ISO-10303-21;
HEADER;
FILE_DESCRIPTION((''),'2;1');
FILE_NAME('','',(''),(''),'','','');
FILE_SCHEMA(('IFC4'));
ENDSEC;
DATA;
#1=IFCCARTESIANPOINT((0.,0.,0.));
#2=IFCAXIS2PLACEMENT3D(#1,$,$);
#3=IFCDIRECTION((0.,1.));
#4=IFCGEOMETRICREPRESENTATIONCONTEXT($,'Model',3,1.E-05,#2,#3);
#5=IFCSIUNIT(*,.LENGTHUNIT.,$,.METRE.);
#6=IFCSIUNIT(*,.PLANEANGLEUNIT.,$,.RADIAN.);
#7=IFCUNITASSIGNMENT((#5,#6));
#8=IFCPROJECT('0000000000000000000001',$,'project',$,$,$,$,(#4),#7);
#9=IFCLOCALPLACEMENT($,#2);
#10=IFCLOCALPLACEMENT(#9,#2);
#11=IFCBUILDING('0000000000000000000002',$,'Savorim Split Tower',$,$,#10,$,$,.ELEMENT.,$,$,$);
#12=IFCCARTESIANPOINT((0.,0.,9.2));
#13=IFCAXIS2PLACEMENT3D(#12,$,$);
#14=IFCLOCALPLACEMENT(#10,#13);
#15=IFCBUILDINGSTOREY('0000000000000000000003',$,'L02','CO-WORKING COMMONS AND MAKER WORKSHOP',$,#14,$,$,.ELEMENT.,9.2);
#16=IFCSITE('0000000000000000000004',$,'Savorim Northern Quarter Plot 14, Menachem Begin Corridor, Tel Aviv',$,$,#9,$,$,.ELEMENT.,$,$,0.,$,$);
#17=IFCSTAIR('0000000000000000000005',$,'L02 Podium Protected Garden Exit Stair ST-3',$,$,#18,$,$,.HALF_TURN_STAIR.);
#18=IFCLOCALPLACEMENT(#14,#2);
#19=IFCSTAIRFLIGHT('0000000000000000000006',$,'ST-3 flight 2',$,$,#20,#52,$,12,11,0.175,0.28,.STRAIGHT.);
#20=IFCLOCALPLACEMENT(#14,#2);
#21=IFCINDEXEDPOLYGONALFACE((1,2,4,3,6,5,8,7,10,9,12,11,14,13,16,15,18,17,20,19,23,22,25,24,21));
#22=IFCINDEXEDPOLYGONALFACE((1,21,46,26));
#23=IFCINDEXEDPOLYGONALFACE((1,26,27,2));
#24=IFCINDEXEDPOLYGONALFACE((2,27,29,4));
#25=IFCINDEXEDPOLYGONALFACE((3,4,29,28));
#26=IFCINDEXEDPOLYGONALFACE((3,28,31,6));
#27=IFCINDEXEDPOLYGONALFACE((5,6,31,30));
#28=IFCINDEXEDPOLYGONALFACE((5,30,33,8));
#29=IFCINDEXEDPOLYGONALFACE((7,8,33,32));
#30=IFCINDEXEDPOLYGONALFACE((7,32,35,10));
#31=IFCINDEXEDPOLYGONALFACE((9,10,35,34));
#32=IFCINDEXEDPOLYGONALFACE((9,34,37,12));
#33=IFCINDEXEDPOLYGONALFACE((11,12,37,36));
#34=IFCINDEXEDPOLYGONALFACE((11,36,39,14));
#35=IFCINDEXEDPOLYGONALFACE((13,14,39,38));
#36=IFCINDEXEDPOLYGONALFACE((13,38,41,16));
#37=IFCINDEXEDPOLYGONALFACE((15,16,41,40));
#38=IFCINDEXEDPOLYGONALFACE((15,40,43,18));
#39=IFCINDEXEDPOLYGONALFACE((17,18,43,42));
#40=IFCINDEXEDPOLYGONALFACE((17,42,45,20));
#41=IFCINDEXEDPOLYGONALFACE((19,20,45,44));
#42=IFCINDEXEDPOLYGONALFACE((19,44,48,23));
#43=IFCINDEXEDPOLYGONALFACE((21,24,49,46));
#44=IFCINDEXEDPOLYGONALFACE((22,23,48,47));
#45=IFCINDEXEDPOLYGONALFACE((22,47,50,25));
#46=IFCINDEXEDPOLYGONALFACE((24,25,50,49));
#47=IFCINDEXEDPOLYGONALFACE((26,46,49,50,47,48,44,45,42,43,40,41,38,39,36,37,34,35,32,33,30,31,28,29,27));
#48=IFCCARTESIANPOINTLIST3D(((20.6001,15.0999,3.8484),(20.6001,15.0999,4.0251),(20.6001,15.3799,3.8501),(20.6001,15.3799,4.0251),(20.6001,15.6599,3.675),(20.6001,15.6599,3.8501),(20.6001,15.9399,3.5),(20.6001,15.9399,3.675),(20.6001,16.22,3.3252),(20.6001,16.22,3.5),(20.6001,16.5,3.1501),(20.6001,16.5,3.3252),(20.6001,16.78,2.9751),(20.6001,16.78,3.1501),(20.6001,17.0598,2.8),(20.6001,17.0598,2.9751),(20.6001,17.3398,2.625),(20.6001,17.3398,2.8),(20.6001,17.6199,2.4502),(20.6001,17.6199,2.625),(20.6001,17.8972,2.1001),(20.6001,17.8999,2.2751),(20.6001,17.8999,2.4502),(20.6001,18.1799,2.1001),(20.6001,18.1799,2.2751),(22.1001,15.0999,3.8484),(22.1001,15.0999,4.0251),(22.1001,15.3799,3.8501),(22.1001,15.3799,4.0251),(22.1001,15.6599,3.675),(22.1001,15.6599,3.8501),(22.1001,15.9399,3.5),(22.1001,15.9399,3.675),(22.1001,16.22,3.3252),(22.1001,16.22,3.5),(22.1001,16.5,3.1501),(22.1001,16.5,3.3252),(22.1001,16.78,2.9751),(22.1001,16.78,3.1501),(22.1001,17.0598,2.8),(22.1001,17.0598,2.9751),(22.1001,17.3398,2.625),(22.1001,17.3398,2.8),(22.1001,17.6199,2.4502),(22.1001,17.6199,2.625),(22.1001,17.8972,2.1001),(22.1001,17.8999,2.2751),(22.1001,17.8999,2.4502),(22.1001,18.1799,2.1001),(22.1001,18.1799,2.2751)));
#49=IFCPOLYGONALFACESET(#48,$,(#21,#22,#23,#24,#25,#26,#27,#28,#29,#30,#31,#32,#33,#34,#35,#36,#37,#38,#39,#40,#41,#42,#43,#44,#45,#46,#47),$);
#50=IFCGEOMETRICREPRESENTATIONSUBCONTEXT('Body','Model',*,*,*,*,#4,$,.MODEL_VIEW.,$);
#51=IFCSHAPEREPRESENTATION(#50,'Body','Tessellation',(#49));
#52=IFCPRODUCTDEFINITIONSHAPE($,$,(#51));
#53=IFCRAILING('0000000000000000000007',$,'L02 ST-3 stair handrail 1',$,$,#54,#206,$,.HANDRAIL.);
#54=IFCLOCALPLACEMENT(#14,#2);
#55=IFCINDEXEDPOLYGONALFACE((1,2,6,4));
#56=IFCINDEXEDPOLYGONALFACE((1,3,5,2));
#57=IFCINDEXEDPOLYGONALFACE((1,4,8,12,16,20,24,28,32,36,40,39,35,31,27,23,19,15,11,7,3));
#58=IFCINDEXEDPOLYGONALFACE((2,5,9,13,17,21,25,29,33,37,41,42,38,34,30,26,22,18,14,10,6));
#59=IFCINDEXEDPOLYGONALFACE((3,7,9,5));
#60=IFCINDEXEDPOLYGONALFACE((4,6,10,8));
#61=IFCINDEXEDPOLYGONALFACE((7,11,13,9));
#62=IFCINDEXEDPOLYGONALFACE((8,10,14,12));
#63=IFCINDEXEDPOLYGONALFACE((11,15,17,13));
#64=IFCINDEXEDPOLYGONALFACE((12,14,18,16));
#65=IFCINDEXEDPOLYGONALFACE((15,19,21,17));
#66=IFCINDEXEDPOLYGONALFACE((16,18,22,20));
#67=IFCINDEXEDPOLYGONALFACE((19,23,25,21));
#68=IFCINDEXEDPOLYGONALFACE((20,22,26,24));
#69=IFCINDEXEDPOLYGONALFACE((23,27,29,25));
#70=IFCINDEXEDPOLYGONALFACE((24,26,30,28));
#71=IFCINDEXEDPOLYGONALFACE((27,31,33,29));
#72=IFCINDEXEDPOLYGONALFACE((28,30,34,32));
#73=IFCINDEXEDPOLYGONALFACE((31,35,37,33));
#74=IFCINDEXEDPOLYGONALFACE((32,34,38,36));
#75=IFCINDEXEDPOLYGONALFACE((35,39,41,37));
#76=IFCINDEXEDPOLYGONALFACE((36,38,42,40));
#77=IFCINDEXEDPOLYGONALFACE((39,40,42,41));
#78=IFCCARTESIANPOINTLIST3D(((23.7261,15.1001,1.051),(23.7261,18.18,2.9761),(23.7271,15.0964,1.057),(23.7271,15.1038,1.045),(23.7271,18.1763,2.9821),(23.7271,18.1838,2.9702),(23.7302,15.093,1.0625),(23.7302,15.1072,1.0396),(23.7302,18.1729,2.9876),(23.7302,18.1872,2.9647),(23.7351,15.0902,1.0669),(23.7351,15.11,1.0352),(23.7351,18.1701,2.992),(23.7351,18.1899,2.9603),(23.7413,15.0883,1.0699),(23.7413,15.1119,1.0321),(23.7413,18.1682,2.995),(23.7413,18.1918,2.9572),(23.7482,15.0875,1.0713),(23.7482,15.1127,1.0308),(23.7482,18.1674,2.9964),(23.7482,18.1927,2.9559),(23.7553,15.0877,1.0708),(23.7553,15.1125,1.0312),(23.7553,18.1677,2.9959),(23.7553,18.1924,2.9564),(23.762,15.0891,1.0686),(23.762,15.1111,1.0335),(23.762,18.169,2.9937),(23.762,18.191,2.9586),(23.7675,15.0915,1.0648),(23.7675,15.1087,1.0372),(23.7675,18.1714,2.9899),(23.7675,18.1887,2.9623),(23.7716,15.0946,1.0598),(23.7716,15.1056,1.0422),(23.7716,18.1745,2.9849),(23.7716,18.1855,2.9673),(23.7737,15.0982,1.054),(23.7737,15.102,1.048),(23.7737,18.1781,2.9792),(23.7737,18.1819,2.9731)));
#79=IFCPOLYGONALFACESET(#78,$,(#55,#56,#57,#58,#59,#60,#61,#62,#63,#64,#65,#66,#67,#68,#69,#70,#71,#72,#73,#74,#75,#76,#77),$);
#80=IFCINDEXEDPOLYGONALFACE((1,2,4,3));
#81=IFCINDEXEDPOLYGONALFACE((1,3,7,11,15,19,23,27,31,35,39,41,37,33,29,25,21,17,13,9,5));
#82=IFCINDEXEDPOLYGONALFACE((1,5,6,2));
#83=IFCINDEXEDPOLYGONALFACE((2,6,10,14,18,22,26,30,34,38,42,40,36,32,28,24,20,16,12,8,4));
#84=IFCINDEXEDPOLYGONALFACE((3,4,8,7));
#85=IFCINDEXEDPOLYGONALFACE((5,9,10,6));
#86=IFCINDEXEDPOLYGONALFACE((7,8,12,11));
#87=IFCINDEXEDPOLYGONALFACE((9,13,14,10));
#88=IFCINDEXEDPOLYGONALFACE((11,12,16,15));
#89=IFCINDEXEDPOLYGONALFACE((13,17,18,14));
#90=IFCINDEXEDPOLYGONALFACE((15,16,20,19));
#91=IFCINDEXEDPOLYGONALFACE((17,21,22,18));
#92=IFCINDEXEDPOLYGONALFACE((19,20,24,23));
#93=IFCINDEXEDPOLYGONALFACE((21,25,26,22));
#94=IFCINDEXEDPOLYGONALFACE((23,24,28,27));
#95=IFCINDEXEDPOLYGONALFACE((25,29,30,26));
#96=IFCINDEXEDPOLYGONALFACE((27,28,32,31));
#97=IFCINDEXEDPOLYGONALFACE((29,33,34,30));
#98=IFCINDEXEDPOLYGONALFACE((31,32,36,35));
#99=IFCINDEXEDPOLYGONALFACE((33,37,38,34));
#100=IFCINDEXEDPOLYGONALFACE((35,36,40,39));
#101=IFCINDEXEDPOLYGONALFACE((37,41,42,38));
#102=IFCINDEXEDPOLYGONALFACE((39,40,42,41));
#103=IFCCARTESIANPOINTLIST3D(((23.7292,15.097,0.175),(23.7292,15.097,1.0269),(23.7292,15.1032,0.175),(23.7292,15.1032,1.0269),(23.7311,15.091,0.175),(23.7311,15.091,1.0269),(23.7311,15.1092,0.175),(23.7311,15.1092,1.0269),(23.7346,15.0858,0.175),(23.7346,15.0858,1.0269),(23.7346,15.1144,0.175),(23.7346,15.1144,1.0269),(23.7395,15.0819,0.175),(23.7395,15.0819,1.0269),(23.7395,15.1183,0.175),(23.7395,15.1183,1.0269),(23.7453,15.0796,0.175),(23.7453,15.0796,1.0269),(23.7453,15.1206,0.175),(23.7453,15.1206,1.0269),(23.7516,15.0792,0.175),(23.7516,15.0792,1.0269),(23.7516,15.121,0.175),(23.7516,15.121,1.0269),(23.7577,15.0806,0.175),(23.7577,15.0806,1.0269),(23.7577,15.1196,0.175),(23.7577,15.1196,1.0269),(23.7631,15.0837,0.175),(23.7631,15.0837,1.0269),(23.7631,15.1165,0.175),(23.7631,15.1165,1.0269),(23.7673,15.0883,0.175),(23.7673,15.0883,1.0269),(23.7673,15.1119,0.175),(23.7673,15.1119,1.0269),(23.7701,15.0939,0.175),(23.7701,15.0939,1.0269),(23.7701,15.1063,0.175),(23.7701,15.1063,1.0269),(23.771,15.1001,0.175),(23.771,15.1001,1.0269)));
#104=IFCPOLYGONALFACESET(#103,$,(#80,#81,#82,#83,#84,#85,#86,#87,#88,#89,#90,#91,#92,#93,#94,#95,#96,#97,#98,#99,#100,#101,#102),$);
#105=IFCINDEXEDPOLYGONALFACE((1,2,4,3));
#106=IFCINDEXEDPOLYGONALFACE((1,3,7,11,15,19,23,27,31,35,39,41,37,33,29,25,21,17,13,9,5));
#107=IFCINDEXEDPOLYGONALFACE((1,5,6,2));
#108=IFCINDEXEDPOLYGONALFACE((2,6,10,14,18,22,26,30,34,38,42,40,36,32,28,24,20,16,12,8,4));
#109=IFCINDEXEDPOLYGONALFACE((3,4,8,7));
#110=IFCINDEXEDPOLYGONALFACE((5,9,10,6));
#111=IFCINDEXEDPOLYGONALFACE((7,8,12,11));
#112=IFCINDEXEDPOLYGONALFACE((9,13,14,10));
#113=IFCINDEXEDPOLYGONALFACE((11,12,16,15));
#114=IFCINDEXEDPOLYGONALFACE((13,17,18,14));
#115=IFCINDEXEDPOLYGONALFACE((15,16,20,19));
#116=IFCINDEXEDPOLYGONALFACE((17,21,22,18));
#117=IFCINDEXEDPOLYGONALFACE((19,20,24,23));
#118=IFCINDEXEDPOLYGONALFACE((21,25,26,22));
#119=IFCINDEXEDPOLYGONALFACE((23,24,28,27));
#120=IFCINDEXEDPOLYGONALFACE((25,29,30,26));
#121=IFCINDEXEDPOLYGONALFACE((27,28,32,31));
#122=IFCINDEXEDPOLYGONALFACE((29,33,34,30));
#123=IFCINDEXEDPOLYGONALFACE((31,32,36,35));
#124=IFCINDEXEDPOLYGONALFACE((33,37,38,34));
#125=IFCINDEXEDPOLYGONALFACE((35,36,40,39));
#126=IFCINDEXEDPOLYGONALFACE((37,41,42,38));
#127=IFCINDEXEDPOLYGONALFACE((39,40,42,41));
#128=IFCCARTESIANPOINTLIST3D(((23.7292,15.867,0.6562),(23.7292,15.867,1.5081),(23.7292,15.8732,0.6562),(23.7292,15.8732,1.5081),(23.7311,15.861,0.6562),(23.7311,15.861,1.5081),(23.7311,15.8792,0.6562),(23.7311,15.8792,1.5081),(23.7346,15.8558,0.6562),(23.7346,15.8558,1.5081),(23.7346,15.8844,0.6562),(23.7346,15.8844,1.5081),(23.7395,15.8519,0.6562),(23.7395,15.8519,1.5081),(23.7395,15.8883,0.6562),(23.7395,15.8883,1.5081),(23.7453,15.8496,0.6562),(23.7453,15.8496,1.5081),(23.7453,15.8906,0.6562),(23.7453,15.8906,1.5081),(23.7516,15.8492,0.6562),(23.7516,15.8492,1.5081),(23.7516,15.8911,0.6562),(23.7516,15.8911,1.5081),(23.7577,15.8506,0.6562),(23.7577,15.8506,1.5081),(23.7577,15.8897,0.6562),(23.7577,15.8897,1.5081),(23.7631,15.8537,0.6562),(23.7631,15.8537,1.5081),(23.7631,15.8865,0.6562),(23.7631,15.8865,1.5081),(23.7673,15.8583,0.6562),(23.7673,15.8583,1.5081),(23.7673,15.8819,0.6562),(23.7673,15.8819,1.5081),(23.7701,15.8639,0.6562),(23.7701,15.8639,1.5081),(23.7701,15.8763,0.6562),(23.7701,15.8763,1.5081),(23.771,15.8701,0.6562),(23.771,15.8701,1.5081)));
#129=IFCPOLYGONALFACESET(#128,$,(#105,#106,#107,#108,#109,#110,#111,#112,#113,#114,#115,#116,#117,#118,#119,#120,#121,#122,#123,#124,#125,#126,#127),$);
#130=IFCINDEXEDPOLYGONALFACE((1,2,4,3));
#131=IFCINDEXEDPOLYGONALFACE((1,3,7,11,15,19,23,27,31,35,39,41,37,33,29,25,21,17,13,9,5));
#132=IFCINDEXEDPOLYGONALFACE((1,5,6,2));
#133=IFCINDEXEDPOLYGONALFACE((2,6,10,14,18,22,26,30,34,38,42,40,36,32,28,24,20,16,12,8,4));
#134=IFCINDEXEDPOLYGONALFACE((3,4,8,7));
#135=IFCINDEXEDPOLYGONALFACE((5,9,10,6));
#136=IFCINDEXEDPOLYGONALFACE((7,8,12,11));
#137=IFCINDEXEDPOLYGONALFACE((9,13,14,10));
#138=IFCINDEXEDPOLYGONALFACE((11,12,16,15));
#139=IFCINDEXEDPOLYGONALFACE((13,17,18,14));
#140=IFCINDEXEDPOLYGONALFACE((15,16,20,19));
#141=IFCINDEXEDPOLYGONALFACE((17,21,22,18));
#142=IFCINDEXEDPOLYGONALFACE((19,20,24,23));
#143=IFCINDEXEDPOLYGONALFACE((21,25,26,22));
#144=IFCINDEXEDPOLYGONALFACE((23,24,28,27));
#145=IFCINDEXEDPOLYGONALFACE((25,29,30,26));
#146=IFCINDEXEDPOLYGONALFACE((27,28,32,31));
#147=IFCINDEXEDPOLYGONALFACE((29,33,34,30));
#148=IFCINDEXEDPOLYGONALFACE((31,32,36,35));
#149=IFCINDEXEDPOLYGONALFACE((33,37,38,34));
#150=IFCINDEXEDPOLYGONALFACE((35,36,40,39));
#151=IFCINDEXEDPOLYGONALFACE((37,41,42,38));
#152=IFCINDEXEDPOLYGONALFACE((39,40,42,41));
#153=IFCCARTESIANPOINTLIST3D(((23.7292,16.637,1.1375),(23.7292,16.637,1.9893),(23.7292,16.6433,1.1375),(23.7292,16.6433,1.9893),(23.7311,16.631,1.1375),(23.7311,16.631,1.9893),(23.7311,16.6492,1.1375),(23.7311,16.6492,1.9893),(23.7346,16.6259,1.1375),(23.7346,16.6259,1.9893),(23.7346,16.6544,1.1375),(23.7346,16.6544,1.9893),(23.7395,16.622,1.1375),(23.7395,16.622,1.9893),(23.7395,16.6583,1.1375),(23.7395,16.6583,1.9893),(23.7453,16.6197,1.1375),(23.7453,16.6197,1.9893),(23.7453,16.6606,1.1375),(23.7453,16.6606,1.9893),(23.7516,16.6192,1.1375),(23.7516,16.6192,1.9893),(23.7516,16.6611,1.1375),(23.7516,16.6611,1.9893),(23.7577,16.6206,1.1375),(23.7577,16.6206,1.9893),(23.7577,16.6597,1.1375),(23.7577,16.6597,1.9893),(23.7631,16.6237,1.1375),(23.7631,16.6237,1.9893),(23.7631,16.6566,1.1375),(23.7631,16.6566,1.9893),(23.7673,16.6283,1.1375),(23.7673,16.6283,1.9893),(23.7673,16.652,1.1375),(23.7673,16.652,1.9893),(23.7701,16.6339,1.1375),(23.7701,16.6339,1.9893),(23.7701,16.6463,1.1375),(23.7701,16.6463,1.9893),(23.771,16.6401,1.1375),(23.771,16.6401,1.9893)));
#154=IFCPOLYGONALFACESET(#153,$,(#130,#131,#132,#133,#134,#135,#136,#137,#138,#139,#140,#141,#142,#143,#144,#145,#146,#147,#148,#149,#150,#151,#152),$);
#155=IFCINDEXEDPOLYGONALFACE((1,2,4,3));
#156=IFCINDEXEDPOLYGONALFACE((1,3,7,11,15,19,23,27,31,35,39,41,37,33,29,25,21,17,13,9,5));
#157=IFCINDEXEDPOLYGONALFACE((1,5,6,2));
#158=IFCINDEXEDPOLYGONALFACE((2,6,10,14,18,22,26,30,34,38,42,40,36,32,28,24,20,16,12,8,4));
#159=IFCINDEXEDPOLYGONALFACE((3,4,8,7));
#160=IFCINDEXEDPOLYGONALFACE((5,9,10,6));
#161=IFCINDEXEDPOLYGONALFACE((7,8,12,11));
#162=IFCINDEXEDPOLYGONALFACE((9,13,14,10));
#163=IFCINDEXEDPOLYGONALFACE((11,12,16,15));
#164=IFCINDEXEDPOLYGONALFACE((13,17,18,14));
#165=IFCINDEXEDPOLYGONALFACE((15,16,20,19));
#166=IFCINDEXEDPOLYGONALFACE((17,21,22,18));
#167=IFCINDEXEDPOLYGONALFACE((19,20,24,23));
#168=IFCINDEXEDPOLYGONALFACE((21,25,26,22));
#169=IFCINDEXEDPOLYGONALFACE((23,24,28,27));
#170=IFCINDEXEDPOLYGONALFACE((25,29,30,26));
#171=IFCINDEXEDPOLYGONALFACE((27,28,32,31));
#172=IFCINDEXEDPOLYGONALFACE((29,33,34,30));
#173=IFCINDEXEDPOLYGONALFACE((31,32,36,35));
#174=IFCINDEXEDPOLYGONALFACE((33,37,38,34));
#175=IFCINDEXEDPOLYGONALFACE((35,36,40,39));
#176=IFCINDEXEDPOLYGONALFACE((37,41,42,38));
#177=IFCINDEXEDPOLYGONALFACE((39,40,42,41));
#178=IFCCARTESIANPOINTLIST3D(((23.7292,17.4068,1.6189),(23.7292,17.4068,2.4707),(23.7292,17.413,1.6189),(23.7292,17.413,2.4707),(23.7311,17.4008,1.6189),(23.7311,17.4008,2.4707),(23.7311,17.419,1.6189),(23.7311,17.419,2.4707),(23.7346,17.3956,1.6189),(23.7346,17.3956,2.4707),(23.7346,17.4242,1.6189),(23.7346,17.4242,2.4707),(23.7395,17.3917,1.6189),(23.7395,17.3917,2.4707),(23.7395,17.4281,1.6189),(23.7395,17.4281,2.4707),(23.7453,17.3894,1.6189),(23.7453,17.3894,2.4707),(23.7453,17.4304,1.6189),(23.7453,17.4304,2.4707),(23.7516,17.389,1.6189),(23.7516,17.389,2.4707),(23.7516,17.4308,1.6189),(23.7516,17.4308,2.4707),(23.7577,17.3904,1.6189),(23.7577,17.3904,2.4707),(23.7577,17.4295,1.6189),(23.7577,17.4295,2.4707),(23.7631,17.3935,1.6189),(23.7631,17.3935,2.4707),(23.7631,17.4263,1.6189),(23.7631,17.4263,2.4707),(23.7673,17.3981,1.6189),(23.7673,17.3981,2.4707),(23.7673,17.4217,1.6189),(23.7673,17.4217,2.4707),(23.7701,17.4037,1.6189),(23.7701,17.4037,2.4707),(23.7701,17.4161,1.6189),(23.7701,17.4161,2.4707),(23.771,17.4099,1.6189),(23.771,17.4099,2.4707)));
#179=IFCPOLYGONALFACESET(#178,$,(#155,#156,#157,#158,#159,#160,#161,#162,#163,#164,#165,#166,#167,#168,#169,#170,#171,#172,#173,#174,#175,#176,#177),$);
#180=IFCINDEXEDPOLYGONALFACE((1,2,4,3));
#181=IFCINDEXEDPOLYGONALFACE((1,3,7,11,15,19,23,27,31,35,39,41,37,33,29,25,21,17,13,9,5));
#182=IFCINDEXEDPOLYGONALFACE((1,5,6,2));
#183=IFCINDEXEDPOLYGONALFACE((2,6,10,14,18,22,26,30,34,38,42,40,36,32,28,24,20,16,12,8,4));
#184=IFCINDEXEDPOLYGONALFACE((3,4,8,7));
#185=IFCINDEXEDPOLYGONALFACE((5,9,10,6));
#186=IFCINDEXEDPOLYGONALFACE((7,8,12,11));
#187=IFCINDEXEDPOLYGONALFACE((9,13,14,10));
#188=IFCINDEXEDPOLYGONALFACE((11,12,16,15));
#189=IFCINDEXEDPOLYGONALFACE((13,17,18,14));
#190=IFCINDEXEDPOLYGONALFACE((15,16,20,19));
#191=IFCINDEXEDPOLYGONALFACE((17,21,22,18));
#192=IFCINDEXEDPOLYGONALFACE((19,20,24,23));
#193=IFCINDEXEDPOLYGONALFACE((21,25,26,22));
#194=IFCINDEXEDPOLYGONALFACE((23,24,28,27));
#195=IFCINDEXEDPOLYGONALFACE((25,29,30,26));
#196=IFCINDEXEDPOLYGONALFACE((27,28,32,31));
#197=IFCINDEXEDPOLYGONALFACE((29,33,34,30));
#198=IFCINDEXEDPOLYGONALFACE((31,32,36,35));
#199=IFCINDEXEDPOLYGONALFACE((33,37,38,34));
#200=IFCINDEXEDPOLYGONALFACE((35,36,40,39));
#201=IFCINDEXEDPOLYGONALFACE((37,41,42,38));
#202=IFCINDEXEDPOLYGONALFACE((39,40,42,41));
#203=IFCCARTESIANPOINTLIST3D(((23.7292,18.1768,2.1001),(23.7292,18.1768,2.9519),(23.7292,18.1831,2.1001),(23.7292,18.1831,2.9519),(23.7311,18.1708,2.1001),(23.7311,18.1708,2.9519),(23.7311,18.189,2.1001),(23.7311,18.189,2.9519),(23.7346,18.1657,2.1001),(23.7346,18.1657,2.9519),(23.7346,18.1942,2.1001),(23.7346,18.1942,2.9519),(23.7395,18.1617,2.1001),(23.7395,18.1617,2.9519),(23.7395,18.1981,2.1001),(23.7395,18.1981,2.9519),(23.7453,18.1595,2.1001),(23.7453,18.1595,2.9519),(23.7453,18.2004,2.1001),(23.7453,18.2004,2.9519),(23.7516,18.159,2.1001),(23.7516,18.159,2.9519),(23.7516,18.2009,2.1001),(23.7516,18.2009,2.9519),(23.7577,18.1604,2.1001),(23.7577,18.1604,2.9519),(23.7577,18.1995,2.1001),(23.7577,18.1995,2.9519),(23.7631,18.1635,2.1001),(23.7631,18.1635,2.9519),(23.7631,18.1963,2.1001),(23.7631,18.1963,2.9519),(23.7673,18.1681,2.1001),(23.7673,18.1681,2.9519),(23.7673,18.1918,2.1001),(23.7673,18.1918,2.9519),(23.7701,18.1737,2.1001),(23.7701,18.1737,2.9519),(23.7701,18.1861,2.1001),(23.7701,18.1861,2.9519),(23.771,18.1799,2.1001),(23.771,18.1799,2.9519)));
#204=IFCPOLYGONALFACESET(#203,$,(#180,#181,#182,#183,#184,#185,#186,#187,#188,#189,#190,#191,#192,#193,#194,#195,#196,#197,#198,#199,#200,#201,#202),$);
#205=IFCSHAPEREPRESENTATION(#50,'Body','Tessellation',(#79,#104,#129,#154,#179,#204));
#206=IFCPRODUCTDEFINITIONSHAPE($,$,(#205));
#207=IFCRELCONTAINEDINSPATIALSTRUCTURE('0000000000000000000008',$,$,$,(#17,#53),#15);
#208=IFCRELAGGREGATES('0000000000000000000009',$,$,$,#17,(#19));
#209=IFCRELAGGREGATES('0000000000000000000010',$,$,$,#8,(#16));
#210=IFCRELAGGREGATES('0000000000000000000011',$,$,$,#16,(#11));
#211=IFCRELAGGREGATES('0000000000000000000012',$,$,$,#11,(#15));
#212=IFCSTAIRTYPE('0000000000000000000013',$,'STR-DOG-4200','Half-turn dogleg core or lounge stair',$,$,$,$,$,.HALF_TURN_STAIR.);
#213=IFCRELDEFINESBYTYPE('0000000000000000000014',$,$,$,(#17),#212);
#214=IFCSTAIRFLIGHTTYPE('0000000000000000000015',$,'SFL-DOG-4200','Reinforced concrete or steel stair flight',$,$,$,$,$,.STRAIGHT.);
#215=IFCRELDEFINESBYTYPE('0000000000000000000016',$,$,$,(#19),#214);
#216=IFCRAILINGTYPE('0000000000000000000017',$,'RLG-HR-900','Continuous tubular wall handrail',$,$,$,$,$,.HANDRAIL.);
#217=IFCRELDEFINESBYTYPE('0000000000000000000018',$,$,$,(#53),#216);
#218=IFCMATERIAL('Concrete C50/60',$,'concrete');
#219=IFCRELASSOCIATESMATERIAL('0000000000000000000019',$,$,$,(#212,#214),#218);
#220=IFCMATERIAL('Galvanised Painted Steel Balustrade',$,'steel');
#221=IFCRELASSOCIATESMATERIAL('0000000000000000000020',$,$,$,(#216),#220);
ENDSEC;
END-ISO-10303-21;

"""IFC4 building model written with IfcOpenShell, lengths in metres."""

from ifc_helpers import new_model, si_unit, direction, frame, origin, origin_2d, place, context, subcontext, project, spatial, polyline, circle, outline, extrude, material, type_object, element, aggregate, save


model = new_model("IFC4")

# Units and contexts
model_context = context("Model", 3, precision=1e-05, world=origin(), true_north=direction((0.0, 1.0)))
body_context = subcontext(model_context, "Body", "Model", "MODEL_VIEW")
ifc_project = project(units=[si_unit("LENGTHUNIT", "METRE"), si_unit("PLANEANGLEUNIT", "RADIAN")], contexts=[model_context])

# Site, building, storey
site_placement = place(None, origin())
site = spatial("IfcSite", under=ifc_project, at=site_placement, Name="Savorim Northern Quarter Plot 14, Menachem Begin Corridor, Tel Aviv", CompositionType="ELEMENT", RefElevation=0.0)
building_placement = place(site_placement, origin())
building = spatial("IfcBuilding", under=site, at=building_placement, Name="Savorim Split Tower", CompositionType="ELEMENT")
storey_placement = place(building_placement, frame((0.0, 0.0, 9.2)))
storey = spatial("IfcBuildingStorey", under=building, at=storey_placement, Name="L02", Description="CO-WORKING COMMONS AND MAKER WORKSHOP", CompositionType="ELEMENT", Elevation=9.2)

# Shared definitions
ifc_material_1 = material(Name="Concrete C50/60", Category="concrete")

# Stair, stair flight
stair_type = type_object("IfcStairType", Name="STR-DOG-4200", Description="Half-turn dogleg core or lounge stair", PredefinedType="HALF_TURN_STAIR", material=ifc_material_1)
stair_placement = place(storey_placement, origin())
stair = element("IfcStair", 1, at=stair_placement, inside=storey, type_object=stair_type, Name="L02 Podium Protected Garden Exit Stair ST-3", PredefinedType="HALF_TURN_STAIR")
stair_flight_type = type_object("IfcStairFlightType", Name="SFL-DOG-4200", Description="Reinforced concrete or steel stair flight", PredefinedType="STRAIGHT", material=ifc_material_1)
stair_flight_1_placement = place(storey_placement, frame((21.3501, 18.1799, 2.1001), z_axis=(0.0, 0.0, 1.0), x_axis=(0.0, -1.0, 0.0)))
stair_flight_1 = element("IfcStairFlight", 2, at=stair_flight_1_placement, type_object=stair_flight_type, Name="ST-3 flight 2", NumberOfRisers=12, NumberOfTreads=11, PredefinedType="STRAIGHT", RiserHeight=0.175, TreadLength=0.28, context=body_context, shape_type="SweptSolid", body=[
    extrude(outline(polyline([(0.0, 0.0), (0.0, 0.175), (0.28, 0.175), (0.28, 0.3501), (0.5601, 0.3501), (0.5601, 0.5249), (0.8401, 0.5249), (0.8401, 0.7), (1.1201, 0.7), (1.1201, 0.875), (1.3999, 0.875), (1.3999, 1.05), (1.6799, 1.05), (1.6799, 1.2251), (1.96, 1.2251), (1.96, 1.3999), (2.24, 1.3999), (2.24, 1.575), (2.52, 1.575), (2.52, 1.75), (2.8, 1.75), (2.8, 1.925), (3.0801, 1.925), (3.0801, 2.1001), (3.0801, 1.7483), (0.2827, 0.0), (0.0, 0.0)])), frame((0.0, 0.75, 0.0), z_axis=(0.0, -1.0, 0.0), x_axis=(1.0, 0.0, 0.0)), (0.0, 0.0, 1.0), 1.5),
])
aggregate(stair, [stair_flight_1])

# Railing
ifc_material_2 = material(Name="Galvanised Painted Steel Balustrade", Category="steel")
railing_type_1 = type_object("IfcRailingType", Name="RLG-HR-900", Description="Continuous tubular wall handrail", PredefinedType="HANDRAIL", material=ifc_material_2)
railing_1_placement = place(storey_placement, frame((23.75, 15.1001, 0.175)))
element("IfcRailing", 3, at=railing_1_placement, inside=storey, type_object=railing_type_1, Name="L02 ST-3 stair handrail 1", PredefinedType="HANDRAIL", context=body_context, shape_type="SweptSolid", body=[
    extrude(circle(Radius=0.0239, at=origin_2d()), frame((0.0, 0.0, 0.876), z_axis=(0.0, 0.847979, 0.530029), x_axis=(-1.0, 0.0, 0.0)), (0.0, 0.0, 1.0), 3.6321),
    extrude(circle(Radius=0.021, at=origin_2d()), origin(), (0.0, 0.0, 1.0), 0.8518),
    extrude(circle(Radius=0.021, at=origin_2d()), frame((0.0, 0.77, 0.4812)), (0.0, 0.0, 1.0), 0.8518),
    extrude(circle(Radius=0.021, at=origin_2d()), frame((0.0, 1.54, 0.9624)), (0.0, 0.0, 1.0), 0.8518),
    extrude(circle(Radius=0.021, at=origin_2d()), frame((0.0, 2.3098, 1.4438)), (0.0, 0.0, 1.0), 0.8518),
    extrude(circle(Radius=0.021, at=origin_2d()), frame((0.0, 3.0798, 1.925)), (0.0, 0.0, 1.0), 0.8518),
])

save(model, "model.ifc")
